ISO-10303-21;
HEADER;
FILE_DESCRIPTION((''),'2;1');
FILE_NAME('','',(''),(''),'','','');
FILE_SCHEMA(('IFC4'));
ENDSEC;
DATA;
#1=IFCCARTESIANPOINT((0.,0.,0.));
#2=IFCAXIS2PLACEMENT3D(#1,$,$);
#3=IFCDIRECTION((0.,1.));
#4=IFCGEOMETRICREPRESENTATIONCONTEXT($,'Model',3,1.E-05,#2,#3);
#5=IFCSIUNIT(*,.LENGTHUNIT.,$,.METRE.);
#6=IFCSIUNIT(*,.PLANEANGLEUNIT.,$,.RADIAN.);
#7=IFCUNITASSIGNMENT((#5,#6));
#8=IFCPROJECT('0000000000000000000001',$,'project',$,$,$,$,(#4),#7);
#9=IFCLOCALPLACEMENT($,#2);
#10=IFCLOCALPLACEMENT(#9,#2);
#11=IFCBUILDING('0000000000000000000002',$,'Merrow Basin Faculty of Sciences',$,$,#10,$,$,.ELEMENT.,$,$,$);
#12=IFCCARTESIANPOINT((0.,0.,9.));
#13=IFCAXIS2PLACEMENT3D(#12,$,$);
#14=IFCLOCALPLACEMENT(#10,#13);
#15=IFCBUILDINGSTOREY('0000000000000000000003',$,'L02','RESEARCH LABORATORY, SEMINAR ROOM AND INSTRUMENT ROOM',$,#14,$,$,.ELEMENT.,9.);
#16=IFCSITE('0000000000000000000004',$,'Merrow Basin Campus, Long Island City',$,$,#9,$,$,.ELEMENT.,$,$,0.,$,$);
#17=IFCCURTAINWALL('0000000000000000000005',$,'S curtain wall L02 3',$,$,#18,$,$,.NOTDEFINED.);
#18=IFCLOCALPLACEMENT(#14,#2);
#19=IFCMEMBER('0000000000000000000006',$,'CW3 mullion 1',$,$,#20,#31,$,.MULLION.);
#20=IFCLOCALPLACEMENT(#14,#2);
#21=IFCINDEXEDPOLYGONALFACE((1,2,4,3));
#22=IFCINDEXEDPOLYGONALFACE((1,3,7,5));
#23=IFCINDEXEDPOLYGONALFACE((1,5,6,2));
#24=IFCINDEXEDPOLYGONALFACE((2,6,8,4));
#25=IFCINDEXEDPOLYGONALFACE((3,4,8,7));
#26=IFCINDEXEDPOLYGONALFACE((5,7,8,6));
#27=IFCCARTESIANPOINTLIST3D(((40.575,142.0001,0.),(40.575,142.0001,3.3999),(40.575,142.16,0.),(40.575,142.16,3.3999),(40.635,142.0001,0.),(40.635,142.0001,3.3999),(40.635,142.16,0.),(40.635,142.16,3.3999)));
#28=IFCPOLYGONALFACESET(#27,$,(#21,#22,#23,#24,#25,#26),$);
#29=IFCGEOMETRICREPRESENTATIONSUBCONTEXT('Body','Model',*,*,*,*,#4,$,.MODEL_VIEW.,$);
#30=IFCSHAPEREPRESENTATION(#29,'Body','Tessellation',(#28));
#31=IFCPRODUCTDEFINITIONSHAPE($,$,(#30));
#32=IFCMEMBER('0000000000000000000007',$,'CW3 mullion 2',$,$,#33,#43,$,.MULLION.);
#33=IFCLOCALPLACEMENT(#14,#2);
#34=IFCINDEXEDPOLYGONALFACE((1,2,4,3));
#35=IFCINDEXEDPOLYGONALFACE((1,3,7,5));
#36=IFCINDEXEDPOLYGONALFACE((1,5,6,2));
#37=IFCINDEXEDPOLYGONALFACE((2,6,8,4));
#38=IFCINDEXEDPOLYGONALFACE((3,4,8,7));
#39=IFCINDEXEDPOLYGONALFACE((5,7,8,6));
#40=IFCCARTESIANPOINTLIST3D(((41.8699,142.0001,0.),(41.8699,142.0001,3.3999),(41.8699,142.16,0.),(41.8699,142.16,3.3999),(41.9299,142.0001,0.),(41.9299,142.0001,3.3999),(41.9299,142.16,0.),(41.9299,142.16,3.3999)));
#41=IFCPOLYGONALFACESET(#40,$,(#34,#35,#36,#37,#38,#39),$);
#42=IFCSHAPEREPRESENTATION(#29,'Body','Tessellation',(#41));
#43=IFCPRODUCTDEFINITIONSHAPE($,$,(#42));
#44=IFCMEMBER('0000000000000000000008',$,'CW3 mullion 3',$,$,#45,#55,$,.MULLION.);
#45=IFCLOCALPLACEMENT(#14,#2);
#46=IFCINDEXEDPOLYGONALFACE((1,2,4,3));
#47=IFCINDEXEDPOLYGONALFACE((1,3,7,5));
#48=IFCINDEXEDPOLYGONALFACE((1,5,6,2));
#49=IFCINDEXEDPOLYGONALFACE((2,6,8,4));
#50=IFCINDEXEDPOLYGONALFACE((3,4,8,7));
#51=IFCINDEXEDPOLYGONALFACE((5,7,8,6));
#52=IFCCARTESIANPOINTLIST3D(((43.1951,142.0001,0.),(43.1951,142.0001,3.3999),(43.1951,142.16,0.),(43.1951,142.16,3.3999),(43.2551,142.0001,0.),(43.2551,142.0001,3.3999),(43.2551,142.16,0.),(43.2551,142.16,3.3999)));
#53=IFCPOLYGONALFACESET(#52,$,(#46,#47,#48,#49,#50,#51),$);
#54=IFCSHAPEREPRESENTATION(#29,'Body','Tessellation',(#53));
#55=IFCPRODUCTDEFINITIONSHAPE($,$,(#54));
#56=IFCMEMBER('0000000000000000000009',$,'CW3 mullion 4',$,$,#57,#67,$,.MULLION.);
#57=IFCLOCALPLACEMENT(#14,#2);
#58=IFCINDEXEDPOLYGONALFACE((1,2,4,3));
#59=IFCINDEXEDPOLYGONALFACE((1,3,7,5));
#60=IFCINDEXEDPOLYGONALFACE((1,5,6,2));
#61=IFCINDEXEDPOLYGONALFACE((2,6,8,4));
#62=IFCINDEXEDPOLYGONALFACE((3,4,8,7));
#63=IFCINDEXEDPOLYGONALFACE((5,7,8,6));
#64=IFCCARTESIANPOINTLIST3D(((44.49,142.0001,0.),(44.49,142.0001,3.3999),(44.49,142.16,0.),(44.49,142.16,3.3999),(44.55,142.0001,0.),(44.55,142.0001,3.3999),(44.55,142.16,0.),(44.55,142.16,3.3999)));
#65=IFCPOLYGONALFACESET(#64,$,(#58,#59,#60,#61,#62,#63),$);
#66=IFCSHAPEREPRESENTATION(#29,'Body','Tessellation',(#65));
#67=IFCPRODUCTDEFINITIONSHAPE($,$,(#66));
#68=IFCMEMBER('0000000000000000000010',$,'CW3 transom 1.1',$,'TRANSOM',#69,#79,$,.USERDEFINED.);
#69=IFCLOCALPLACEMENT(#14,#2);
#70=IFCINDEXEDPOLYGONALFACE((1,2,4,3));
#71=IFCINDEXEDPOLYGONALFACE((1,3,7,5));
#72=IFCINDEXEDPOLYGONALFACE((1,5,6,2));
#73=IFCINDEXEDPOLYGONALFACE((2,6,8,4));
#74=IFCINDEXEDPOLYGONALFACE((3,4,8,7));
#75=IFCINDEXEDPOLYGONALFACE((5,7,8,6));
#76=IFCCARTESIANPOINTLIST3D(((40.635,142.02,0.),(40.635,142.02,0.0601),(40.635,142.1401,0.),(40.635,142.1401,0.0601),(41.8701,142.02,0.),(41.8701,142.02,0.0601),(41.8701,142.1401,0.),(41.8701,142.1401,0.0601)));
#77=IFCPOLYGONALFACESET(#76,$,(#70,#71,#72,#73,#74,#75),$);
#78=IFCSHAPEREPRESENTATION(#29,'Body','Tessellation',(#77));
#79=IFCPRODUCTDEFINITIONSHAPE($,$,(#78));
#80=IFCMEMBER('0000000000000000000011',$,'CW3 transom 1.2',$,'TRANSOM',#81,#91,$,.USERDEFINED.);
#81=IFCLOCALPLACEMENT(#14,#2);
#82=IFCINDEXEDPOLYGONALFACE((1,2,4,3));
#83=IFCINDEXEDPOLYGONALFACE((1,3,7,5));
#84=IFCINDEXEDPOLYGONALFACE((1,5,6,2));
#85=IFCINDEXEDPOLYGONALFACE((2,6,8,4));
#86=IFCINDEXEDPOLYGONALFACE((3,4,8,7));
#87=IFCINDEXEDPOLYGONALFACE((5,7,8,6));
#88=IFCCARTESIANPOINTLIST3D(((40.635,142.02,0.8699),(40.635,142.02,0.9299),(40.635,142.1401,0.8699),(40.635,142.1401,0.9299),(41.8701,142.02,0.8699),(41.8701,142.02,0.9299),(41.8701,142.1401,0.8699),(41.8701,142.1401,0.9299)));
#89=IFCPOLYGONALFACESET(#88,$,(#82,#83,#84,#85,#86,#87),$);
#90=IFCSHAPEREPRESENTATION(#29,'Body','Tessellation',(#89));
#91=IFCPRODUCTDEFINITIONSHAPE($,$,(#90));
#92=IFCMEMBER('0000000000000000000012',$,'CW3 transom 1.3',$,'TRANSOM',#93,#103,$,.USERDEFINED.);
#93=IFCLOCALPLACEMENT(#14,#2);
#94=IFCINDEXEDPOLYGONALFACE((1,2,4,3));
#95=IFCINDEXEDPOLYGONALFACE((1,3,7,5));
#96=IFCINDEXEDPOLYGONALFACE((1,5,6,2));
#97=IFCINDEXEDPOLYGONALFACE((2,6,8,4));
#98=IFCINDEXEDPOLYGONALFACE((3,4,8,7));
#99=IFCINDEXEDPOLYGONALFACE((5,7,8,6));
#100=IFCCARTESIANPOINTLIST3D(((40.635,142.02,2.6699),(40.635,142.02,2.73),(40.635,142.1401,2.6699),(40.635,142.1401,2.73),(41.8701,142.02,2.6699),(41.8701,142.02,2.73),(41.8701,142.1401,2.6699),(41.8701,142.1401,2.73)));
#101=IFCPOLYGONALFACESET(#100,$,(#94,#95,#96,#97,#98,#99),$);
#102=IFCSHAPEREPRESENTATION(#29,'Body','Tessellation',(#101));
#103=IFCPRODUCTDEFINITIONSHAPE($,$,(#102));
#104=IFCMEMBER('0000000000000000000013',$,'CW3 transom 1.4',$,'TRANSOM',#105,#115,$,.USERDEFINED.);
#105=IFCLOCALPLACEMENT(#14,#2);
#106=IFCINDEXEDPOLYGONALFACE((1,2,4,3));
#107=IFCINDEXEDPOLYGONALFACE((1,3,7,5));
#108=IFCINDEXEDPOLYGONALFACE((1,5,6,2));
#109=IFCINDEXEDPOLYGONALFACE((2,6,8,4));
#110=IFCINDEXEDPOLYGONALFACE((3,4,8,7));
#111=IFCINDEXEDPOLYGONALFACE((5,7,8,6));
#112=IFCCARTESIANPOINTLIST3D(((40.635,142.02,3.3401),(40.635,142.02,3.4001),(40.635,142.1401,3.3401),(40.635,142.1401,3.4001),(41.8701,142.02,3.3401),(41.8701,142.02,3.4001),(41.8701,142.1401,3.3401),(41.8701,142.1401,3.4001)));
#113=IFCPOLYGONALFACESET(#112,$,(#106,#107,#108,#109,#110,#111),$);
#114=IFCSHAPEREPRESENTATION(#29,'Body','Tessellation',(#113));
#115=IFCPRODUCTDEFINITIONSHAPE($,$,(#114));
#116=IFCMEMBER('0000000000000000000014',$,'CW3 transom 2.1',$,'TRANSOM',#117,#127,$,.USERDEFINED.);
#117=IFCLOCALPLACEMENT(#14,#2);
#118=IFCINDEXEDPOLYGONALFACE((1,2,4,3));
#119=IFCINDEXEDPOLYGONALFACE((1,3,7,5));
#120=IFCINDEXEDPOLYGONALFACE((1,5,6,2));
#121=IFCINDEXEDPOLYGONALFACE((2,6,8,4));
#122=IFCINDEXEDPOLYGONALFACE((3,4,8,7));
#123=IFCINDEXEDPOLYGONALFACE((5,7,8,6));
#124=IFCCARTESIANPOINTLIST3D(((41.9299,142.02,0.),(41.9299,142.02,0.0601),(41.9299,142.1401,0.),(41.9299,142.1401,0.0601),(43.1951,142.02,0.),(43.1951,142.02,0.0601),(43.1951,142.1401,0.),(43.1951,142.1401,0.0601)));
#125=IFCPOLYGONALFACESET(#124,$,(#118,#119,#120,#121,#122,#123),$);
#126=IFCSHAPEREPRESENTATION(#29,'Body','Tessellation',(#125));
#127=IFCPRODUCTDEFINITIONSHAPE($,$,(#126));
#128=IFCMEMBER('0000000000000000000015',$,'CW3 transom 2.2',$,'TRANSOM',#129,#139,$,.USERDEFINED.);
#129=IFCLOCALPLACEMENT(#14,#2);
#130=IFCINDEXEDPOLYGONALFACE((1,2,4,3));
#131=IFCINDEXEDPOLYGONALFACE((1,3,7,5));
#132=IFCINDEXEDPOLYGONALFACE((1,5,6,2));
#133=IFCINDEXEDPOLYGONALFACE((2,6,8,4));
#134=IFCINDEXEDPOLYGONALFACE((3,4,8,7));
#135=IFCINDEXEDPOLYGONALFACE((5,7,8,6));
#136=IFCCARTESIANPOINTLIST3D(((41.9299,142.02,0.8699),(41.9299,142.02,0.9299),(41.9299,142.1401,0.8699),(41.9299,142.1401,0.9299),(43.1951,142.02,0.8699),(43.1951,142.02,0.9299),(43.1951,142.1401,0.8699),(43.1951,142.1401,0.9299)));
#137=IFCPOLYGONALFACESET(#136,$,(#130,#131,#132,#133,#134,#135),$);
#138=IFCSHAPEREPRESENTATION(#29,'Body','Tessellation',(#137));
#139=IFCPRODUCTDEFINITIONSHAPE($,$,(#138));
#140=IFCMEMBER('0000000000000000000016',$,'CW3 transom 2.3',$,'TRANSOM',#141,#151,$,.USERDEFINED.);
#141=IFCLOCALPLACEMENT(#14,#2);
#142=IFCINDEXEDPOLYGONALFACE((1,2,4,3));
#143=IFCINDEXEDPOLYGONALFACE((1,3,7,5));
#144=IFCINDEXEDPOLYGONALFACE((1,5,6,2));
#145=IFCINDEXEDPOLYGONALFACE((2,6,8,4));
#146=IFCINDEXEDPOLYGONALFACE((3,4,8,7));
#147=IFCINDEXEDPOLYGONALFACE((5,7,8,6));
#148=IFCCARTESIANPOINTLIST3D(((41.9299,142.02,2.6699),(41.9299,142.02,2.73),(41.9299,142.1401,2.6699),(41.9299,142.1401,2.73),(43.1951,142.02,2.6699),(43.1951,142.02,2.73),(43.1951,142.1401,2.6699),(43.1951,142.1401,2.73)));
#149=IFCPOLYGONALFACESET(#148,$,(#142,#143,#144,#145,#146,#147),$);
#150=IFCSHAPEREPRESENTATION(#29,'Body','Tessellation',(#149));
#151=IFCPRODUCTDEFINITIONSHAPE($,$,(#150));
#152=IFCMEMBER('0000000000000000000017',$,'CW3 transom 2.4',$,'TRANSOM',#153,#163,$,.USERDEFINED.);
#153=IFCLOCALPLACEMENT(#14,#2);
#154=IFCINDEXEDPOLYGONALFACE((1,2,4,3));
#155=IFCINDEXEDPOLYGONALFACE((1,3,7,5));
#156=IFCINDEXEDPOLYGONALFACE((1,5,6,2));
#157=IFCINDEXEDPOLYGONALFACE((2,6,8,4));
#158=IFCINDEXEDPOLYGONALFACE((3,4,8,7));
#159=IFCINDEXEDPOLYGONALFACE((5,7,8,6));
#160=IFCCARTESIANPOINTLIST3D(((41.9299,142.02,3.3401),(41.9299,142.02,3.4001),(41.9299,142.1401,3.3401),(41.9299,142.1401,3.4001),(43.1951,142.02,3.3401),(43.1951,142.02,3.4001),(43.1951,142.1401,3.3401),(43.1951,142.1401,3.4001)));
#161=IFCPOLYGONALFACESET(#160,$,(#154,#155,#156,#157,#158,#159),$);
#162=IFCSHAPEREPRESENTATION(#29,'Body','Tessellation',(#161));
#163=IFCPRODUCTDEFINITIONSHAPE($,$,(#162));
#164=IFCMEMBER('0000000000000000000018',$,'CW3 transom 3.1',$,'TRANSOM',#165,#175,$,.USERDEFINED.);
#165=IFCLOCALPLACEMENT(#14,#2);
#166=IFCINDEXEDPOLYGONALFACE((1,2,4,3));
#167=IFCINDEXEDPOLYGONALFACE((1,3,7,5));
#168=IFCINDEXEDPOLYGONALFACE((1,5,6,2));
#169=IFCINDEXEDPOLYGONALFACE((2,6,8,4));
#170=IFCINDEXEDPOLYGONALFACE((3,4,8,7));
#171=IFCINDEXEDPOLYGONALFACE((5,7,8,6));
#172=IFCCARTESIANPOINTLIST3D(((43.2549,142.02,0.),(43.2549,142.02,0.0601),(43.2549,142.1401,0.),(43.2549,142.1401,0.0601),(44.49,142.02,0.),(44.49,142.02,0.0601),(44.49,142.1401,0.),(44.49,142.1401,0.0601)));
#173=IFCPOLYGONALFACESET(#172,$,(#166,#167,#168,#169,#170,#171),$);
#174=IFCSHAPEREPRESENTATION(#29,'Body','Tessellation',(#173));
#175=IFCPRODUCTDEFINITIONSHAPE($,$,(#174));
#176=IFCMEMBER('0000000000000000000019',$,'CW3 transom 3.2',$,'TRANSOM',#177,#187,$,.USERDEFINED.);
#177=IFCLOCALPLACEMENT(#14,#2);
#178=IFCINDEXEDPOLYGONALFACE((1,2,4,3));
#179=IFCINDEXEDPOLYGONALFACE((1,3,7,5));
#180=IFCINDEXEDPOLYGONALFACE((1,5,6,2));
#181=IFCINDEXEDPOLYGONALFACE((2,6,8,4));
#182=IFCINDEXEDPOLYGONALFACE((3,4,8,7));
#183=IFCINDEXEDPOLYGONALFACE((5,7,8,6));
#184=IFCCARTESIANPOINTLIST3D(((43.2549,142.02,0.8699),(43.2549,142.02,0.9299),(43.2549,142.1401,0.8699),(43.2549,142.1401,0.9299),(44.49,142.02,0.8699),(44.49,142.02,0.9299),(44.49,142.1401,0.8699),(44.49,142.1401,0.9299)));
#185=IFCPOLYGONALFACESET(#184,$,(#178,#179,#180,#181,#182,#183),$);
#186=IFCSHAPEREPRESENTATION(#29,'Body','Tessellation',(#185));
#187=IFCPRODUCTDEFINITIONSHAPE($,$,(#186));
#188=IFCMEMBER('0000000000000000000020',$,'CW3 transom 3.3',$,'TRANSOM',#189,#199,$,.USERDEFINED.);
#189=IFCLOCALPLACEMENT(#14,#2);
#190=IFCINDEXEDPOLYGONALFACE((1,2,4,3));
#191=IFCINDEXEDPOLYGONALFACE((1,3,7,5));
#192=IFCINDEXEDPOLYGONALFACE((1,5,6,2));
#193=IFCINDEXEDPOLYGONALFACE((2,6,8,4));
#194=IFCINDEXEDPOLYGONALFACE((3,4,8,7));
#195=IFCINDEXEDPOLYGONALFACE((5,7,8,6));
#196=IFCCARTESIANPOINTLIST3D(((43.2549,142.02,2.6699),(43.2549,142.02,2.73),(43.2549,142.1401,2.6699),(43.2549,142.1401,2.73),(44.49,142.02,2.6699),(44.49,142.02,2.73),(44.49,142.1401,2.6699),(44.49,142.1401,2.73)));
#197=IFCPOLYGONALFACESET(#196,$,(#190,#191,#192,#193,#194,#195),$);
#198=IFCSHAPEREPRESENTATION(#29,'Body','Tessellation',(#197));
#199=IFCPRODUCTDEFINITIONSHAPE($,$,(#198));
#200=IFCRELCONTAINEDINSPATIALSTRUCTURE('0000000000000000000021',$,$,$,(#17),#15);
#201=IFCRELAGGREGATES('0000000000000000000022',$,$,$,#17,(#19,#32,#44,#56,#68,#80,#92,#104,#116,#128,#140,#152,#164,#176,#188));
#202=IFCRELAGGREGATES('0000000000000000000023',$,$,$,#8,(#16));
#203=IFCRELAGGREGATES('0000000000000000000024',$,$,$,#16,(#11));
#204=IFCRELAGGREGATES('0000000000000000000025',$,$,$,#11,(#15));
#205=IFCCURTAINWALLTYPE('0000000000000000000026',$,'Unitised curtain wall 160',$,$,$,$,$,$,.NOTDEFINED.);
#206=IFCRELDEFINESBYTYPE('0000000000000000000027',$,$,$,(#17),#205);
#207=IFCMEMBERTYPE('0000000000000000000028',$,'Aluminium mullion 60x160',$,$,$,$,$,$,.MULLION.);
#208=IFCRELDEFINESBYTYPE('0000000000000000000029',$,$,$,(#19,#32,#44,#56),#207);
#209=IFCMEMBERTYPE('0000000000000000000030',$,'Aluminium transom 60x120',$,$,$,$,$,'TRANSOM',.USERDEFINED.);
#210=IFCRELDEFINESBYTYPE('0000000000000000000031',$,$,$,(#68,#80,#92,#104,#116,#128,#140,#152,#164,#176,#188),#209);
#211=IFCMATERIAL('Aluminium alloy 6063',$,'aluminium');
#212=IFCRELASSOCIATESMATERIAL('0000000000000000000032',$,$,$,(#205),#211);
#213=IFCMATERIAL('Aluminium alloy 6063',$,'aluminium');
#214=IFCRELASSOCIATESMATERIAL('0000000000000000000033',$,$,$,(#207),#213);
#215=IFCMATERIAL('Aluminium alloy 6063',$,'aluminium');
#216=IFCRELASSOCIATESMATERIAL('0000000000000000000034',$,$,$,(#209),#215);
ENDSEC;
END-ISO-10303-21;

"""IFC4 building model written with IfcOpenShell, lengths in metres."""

from ifc_helpers import new_model, si_unit, direction, frame, origin, origin_2d, place, context, subcontext, project, spatial, rectangle, extrude, material, material_profile, profile_set, type_object, element, aggregate, save


model = new_model("IFC4")

# Units and contexts
model_context = context("Model", 3, precision=1e-05, world=origin(), true_north=direction((0.0, 1.0)))
body_context = subcontext(model_context, "Body", "Model", "MODEL_VIEW")
ifc_project = project(units=[si_unit("LENGTHUNIT", "METRE"), si_unit("PLANEANGLEUNIT", "RADIAN")], contexts=[model_context])

# Site, building, storey
site_placement = place(None, origin())
site = spatial("IfcSite", under=ifc_project, at=site_placement, Name="Merrow Basin Campus, Long Island City", CompositionType="ELEMENT", RefElevation=0.0)
building_placement = place(site_placement, origin())
building = spatial("IfcBuilding", under=site, at=building_placement, Name="Merrow Basin Faculty of Sciences", CompositionType="ELEMENT")
storey_placement = place(building_placement, frame((0.0, 0.0, 9.0)))
storey = spatial("IfcBuildingStorey", under=building, at=storey_placement, Name="L02", Description="RESEARCH LABORATORY, SEMINAR ROOM AND INSTRUMENT ROOM", CompositionType="ELEMENT", Elevation=9.0)

# Curtain wall, members
ifc_material_1 = material(Name="Aluminium alloy 6063", Category="aluminium")
curtain_wall_type = type_object("IfcCurtainWallType", Name="Unitised curtain wall 160", PredefinedType="NOTDEFINED", material=ifc_material_1)
curtain_wall_placement = place(storey_placement, origin())
curtain_wall = element("IfcCurtainWall", 1, at=curtain_wall_placement, inside=storey, type_object=curtain_wall_type, Name="S curtain wall L02 3", PredefinedType="NOTDEFINED")
ifc_material_2 = material(Name="Aluminium alloy 6063", Category="aluminium")
ifc_material_profile_1 = material_profile(ifc_material_2, rectangle(XDim=0.1599, YDim=0.0601, at=origin_2d()))
ifc_profile_set_1 = profile_set([ifc_material_profile_1], Name="Aluminium alloy 6063")
member_type_1 = type_object("IfcMemberType", Name="Aluminium mullion 60x160", PredefinedType="MULLION", material=ifc_profile_set_1)
member_1_placement = place(storey_placement, frame((40.605, 142.0801, 0.0), z_axis=(0.0, 0.0, 1.0), x_axis=(0.0, 1.0, 0.0)))
member_1 = element("IfcMember", 2, at=member_1_placement, type_object=member_type_1, Name="CW3 mullion 1", PredefinedType="MULLION", context=body_context, shape_type="SweptSolid", body=[
    extrude(rectangle(XDim=0.1599, YDim=0.0601, at=origin_2d()), origin(), (0.0, 0.0, 1.0), 3.3999),
])
member_2_placement = place(storey_placement, frame((41.8999, 142.0801, 0.0), z_axis=(0.0, 0.0, 1.0), x_axis=(0.0, 1.0, 0.0)))
member_2 = element("IfcMember", 3, at=member_2_placement, type_object=member_type_1, Name="CW3 mullion 2", PredefinedType="MULLION", context=body_context, shape_type="SweptSolid", body=[
    extrude(rectangle(XDim=0.1599, YDim=0.0601, at=origin_2d()), origin(), (0.0, 0.0, 1.0), 3.3999),
])
member_3_placement = place(storey_placement, frame((43.2251, 142.0801, 0.0), z_axis=(0.0, 0.0, 1.0), x_axis=(0.0, 1.0, 0.0)))
member_3 = element("IfcMember", 4, at=member_3_placement, type_object=member_type_1, Name="CW3 mullion 3", PredefinedType="MULLION", context=body_context, shape_type="SweptSolid", body=[
    extrude(rectangle(XDim=0.1599, YDim=0.0601, at=origin_2d()), origin(), (0.0, 0.0, 1.0), 3.3999),
])
member_4_placement = place(storey_placement, frame((44.52, 142.0801, 0.0), z_axis=(0.0, 0.0, 1.0), x_axis=(0.0, 1.0, 0.0)))
member_4 = element("IfcMember", 5, at=member_4_placement, type_object=member_type_1, Name="CW3 mullion 4", PredefinedType="MULLION", context=body_context, shape_type="SweptSolid", body=[
    extrude(rectangle(XDim=0.1599, YDim=0.0601, at=origin_2d()), origin(), (0.0, 0.0, 1.0), 3.3999),
])
ifc_material_3 = material(Name="Aluminium alloy 6063", Category="aluminium")
ifc_material_profile_2 = material_profile(ifc_material_3, rectangle(XDim=0.1201, YDim=0.0601, at=origin_2d()))
ifc_profile_set_2 = profile_set([ifc_material_profile_2], Name="Aluminium alloy 6063")
member_type_2 = type_object("IfcMemberType", Name="Aluminium transom 60x120", ElementType="TRANSOM", PredefinedType="USERDEFINED", material=ifc_profile_set_2)
member_5_placement = place(storey_placement, frame((40.635, 142.0801, 0.03), z_axis=(1.0, 0.0, 0.0), x_axis=(0.0, 1.0, 0.0)))
member_5 = element("IfcMember", 6, at=member_5_placement, type_object=member_type_2, Name="CW3 transom 1.1", ObjectType="TRANSOM", PredefinedType="USERDEFINED", context=body_context, shape_type="SweptSolid", body=[
    extrude(rectangle(XDim=0.1201, YDim=0.0601, at=origin_2d()), origin(), (0.0, 0.0, 1.0), 1.2351),
])
member_6_placement = place(storey_placement, frame((40.635, 142.0801, 0.8999), z_axis=(1.0, 0.0, 0.0), x_axis=(0.0, 1.0, 0.0)))
member_6 = element("IfcMember", 7, at=member_6_placement, type_object=member_type_2, Name="CW3 transom 1.2", ObjectType="TRANSOM", PredefinedType="USERDEFINED", context=body_context, shape_type="SweptSolid", body=[
    extrude(rectangle(XDim=0.1201, YDim=0.0601, at=origin_2d()), origin(), (0.0, 0.0, 1.0), 1.2351),
])
member_7_placement = place(storey_placement, frame((40.635, 142.0801, 2.7), z_axis=(1.0, 0.0, 0.0), x_axis=(0.0, 1.0, 0.0)))
member_7 = element("IfcMember", 8, at=member_7_placement, type_object=member_type_2, Name="CW3 transom 1.3", ObjectType="TRANSOM", PredefinedType="USERDEFINED", context=body_context, shape_type="SweptSolid", body=[
    extrude(rectangle(XDim=0.1201, YDim=0.0601, at=origin_2d()), origin(), (0.0, 0.0, 1.0), 1.2351),
])
member_8_placement = place(storey_placement, frame((40.635, 142.0801, 3.3701), z_axis=(1.0, 0.0, 0.0), x_axis=(0.0, 1.0, 0.0)))
member_8 = element("IfcMember", 9, at=member_8_placement, type_object=member_type_2, Name="CW3 transom 1.4", ObjectType="TRANSOM", PredefinedType="USERDEFINED", context=body_context, shape_type="SweptSolid", body=[
    extrude(rectangle(XDim=0.1201, YDim=0.0601, at=origin_2d()), origin(), (0.0, 0.0, 1.0), 1.2351),
])
member_9_placement = place(storey_placement, frame((41.9299, 142.0801, 0.03), z_axis=(1.0, 0.0, 0.0), x_axis=(0.0, 1.0, 0.0)))
member_9 = element("IfcMember", 10, at=member_9_placement, type_object=member_type_2, Name="CW3 transom 2.1", ObjectType="TRANSOM", PredefinedType="USERDEFINED", context=body_context, shape_type="SweptSolid", body=[
    extrude(rectangle(XDim=0.1201, YDim=0.0601, at=origin_2d()), origin(), (0.0, 0.0, 1.0), 1.2651),
])
member_10_placement = place(storey_placement, frame((41.9299, 142.0801, 0.8999), z_axis=(1.0, 0.0, 0.0), x_axis=(0.0, 1.0, 0.0)))
member_10 = element("IfcMember", 11, at=member_10_placement, type_object=member_type_2, Name="CW3 transom 2.2", ObjectType="TRANSOM", PredefinedType="USERDEFINED", context=body_context, shape_type="SweptSolid", body=[
    extrude(rectangle(XDim=0.1201, YDim=0.0601, at=origin_2d()), origin(), (0.0, 0.0, 1.0), 1.2651),
])
member_11_placement = place(storey_placement, frame((41.9299, 142.0801, 2.7), z_axis=(1.0, 0.0, 0.0), x_axis=(0.0, 1.0, 0.0)))
member_11 = element("IfcMember", 12, at=member_11_placement, type_object=member_type_2, Name="CW3 transom 2.3", ObjectType="TRANSOM", PredefinedType="USERDEFINED", context=body_context, shape_type="SweptSolid", body=[
    extrude(rectangle(XDim=0.1201, YDim=0.0601, at=origin_2d()), origin(), (0.0, 0.0, 1.0), 1.2651),
])
member_12_placement = place(storey_placement, frame((41.9299, 142.0801, 3.3701), z_axis=(1.0, 0.0, 0.0), x_axis=(0.0, 1.0, 0.0)))
member_12 = element("IfcMember", 13, at=member_12_placement, type_object=member_type_2, Name="CW3 transom 2.4", ObjectType="TRANSOM", PredefinedType="USERDEFINED", context=body_context, shape_type="SweptSolid", body=[
    extrude(rectangle(XDim=0.1201, YDim=0.0601, at=origin_2d()), origin(), (0.0, 0.0, 1.0), 1.2651),
])
member_13_placement = place(storey_placement, frame((43.2549, 142.0801, 0.03), z_axis=(1.0, 0.0, 0.0), x_axis=(0.0, 1.0, 0.0)))
member_13 = element("IfcMember", 14, at=member_13_placement, type_object=member_type_2, Name="CW3 transom 3.1", ObjectType="TRANSOM", PredefinedType="USERDEFINED", context=body_context, shape_type="SweptSolid", body=[
    extrude(rectangle(XDim=0.1201, YDim=0.0601, at=origin_2d()), origin(), (0.0, 0.0, 1.0), 1.2351),
])
member_14_placement = place(storey_placement, frame((43.2549, 142.0801, 0.8999), z_axis=(1.0, 0.0, 0.0), x_axis=(0.0, 1.0, 0.0)))
member_14 = element("IfcMember", 15, at=member_14_placement, type_object=member_type_2, Name="CW3 transom 3.2", ObjectType="TRANSOM", PredefinedType="USERDEFINED", context=body_context, shape_type="SweptSolid", body=[
    extrude(rectangle(XDim=0.1201, YDim=0.0601, at=origin_2d()), origin(), (0.0, 0.0, 1.0), 1.2351),
])
member_15_placement = place(storey_placement, frame((43.2549, 142.0801, 2.7), z_axis=(1.0, 0.0, 0.0), x_axis=(0.0, 1.0, 0.0)))
member_15 = element("IfcMember", 16, at=member_15_placement, type_object=member_type_2, Name="CW3 transom 3.3", ObjectType="TRANSOM", PredefinedType="USERDEFINED", context=body_context, shape_type="SweptSolid", body=[
    extrude(rectangle(XDim=0.1201, YDim=0.0601, at=origin_2d()), origin(), (0.0, 0.0, 1.0), 1.2351),
])

aggregate(curtain_wall, [member_1, member_2, member_3, member_4, member_5, member_6, member_7, member_8, member_9, member_10, member_11, member_12, member_13, member_14, member_15])

save(model, "model.ifc")
